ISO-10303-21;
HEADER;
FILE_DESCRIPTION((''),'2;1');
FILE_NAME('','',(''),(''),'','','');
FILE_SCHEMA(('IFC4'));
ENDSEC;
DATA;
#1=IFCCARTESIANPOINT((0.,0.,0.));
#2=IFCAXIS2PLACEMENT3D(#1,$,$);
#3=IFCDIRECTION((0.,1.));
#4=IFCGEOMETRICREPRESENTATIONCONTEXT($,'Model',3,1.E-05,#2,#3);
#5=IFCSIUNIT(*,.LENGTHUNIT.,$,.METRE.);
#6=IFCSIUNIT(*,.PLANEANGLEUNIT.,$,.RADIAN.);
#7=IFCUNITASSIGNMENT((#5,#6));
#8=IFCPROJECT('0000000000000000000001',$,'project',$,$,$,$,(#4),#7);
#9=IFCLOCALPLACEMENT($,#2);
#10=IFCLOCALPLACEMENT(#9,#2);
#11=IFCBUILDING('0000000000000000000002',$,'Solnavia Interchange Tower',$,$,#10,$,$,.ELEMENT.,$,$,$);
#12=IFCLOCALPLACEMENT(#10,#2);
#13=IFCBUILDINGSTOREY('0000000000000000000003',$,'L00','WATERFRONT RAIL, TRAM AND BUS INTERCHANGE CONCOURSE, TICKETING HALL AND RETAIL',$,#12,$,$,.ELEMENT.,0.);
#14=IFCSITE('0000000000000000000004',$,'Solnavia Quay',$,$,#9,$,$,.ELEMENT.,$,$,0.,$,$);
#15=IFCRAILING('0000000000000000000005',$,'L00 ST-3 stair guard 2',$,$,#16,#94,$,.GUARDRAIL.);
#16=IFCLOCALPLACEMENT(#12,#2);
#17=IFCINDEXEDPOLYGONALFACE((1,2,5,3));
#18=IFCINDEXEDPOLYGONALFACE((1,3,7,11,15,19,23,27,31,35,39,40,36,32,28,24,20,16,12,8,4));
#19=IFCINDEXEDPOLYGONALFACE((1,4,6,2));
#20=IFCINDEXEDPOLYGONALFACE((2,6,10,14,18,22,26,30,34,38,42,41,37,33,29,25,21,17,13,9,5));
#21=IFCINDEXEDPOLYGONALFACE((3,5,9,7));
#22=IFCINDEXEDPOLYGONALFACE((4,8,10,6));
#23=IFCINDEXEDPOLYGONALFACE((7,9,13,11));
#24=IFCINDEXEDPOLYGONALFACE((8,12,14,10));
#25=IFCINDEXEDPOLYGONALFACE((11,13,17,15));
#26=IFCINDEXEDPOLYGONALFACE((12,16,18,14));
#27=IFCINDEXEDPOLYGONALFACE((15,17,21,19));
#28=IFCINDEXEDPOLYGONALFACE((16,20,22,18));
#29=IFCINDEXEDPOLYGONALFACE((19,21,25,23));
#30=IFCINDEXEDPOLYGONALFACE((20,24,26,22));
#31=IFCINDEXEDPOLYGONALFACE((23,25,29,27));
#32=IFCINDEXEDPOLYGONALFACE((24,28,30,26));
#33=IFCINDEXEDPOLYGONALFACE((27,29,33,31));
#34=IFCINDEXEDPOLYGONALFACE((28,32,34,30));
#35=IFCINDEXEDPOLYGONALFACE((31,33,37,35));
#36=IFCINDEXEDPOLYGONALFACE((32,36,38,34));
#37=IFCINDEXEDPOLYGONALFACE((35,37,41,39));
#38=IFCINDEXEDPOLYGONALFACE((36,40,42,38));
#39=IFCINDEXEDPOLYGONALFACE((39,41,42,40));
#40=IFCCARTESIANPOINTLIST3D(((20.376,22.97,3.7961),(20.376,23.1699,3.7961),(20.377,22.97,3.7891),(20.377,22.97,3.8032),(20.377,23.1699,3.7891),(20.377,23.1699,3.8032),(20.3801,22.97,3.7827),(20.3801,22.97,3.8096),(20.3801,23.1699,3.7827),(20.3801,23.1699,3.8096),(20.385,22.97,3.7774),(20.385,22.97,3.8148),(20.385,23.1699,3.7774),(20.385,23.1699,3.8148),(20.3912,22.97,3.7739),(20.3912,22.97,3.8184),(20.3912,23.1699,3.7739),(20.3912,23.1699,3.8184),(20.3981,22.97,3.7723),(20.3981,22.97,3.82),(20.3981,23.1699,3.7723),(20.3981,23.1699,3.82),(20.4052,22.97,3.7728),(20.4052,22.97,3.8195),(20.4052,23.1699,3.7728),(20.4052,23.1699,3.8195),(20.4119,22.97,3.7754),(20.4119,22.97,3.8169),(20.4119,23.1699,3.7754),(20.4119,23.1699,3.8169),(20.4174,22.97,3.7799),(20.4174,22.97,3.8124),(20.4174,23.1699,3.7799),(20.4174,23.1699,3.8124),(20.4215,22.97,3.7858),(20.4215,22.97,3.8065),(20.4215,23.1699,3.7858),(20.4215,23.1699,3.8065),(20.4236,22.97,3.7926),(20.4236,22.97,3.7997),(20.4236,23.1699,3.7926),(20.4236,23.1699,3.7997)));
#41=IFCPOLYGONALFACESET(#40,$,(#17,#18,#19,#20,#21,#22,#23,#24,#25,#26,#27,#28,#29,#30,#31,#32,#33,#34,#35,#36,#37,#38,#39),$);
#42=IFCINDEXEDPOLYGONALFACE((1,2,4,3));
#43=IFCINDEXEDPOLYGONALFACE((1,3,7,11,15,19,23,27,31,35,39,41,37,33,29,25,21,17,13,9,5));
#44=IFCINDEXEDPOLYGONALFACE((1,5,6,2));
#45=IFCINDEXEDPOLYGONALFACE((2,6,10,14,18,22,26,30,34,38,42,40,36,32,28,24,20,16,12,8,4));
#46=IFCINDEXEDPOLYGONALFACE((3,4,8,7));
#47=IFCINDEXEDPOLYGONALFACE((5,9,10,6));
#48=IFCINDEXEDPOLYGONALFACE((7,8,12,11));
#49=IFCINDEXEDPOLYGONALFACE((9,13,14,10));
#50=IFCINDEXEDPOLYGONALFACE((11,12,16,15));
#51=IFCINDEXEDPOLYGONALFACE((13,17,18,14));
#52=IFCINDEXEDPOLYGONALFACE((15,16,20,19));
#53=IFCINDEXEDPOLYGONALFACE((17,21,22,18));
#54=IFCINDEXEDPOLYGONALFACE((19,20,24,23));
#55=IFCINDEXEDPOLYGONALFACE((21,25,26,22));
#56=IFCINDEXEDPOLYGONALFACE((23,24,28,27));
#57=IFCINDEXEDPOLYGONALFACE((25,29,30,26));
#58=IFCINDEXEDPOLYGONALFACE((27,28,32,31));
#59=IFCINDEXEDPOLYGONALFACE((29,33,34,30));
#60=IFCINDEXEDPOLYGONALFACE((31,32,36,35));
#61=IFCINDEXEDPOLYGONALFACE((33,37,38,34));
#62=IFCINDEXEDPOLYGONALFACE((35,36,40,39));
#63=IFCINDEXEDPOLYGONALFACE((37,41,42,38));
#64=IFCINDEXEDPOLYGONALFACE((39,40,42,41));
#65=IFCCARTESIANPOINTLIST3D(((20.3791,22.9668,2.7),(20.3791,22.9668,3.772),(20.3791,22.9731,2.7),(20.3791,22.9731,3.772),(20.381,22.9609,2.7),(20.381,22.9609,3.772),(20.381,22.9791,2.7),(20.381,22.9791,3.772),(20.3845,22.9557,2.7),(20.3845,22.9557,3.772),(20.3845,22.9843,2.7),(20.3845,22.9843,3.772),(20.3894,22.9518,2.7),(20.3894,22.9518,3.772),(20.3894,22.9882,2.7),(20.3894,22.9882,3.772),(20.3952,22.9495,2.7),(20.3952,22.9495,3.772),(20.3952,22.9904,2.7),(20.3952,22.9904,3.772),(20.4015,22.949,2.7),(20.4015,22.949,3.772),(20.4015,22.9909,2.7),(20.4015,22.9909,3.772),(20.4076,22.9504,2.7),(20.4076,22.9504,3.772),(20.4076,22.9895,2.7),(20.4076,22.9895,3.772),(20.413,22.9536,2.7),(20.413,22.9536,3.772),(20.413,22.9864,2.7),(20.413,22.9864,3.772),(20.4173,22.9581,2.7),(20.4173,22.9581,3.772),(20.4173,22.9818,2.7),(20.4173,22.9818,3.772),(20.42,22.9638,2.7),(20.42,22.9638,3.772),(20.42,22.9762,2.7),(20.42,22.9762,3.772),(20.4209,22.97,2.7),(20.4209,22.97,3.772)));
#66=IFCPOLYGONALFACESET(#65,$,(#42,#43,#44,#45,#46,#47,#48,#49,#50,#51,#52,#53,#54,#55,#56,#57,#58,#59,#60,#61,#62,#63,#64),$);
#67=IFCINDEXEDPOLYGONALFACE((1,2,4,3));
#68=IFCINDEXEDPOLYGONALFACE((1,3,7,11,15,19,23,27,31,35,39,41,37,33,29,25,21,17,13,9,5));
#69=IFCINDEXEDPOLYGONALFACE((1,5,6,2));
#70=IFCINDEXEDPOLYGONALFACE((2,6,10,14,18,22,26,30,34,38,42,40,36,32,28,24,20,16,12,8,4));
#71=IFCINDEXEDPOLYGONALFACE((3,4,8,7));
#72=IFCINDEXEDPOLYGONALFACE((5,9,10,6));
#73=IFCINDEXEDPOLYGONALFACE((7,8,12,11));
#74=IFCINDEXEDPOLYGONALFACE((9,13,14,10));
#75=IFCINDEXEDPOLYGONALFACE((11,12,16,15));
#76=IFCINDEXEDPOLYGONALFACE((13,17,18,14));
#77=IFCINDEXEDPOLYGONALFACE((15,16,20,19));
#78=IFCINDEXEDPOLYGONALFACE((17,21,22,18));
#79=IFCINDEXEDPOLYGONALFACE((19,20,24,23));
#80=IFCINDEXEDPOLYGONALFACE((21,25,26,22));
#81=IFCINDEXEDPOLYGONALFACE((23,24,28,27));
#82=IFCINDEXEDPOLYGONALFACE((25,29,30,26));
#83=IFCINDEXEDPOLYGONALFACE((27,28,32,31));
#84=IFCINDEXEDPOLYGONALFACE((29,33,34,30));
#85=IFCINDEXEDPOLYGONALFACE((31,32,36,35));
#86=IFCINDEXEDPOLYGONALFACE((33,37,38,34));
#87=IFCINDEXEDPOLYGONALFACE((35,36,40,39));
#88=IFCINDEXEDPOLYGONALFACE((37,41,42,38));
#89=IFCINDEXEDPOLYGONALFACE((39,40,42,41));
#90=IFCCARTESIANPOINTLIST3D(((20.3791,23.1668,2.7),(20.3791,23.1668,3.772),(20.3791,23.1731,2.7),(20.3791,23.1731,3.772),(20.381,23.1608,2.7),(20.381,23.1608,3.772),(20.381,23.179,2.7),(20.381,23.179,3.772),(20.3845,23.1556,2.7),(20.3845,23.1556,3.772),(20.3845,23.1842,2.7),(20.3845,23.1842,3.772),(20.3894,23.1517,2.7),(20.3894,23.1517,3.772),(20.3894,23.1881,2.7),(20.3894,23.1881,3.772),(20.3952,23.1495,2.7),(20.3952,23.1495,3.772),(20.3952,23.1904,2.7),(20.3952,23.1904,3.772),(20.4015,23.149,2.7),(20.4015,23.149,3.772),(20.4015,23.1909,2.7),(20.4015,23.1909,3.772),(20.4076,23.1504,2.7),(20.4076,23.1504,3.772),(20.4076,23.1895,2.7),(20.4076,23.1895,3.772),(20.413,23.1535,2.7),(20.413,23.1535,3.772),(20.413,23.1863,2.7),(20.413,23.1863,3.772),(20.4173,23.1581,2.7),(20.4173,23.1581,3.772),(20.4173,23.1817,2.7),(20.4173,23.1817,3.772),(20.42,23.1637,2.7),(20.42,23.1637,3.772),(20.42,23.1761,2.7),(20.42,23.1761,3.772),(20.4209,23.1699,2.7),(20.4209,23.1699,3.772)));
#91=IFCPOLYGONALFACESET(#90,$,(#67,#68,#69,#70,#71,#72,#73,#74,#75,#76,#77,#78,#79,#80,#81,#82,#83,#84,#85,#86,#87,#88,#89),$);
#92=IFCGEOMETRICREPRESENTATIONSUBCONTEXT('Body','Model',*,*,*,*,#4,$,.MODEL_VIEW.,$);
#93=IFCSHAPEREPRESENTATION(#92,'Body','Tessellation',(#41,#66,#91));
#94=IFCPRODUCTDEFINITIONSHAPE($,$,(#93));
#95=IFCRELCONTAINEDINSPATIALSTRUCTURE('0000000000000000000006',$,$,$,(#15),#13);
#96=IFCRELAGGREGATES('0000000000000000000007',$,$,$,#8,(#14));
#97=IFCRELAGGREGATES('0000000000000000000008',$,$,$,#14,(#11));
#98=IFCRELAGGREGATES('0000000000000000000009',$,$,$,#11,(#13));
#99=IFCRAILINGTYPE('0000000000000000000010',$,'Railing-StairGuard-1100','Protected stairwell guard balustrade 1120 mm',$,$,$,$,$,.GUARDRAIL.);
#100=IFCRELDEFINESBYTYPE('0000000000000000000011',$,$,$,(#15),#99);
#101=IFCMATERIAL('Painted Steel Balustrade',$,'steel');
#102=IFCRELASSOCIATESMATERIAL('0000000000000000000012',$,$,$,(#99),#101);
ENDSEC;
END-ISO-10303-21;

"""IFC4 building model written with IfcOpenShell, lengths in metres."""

from ifc_helpers import new_model, si_unit, direction, frame, origin, origin_2d, place, context, subcontext, project, spatial, circle, extrude, material, type_object, element, save


model = new_model("IFC4")

# Units and contexts
model_context = context("Model", 3, precision=1e-05, world=origin(), true_north=direction((0.0, 1.0)))
body_context = subcontext(model_context, "Body", "Model", "MODEL_VIEW")
ifc_project = project(units=[si_unit("LENGTHUNIT", "METRE"), si_unit("PLANEANGLEUNIT", "RADIAN")], contexts=[model_context])

# Site, building, storey
site_placement = place(None, origin())
site = spatial("IfcSite", under=ifc_project, at=site_placement, Name="Solnavia Quay", CompositionType="ELEMENT", RefElevation=0.0)
building_placement = place(site_placement, origin())
building = spatial("IfcBuilding", under=site, at=building_placement, Name="Solnavia Interchange Tower", CompositionType="ELEMENT")
storey_placement = place(building_placement, origin())
storey = spatial("IfcBuildingStorey", under=building, at=storey_placement, Name="L00", Description="WATERFRONT RAIL, TRAM AND BUS INTERCHANGE CONCOURSE, TICKETING HALL AND RETAIL", CompositionType="ELEMENT", Elevation=0.0)

# Railing
ifc_material_1 = material(Name="Painted Steel Balustrade", Category="steel")
railing_type_1 = type_object("IfcRailingType", Name="Railing-StairGuard-1100", Description="Protected stairwell guard balustrade 1120 mm", PredefinedType="GUARDRAIL", material=ifc_material_1)
railing_1_placement = place(storey_placement, frame((20.3999, 22.97, 2.7)))
element("IfcRailing", 1, at=railing_1_placement, inside=storey, type_object=railing_type_1, Name="L00 ST-3 stair guard 2", PredefinedType="GUARDRAIL", context=body_context, shape_type="SweptSolid", body=[
    extrude(circle(Radius=0.0239, at=origin_2d()), frame((0.0, 0.0, 1.0962), z_axis=(0.0, 1.0, 0.0), x_axis=(-1.0, 0.0, 0.0)), (0.0, 0.0, 1.0), 0.2),
    extrude(circle(Radius=0.021, at=origin_2d()), origin(), (0.0, 0.0, 1.0), 1.072),
    extrude(circle(Radius=0.021, at=origin_2d()), frame((0.0, 0.2, 0.0)), (0.0, 0.0, 1.0), 1.072),
])

save(model, "model.ifc")
